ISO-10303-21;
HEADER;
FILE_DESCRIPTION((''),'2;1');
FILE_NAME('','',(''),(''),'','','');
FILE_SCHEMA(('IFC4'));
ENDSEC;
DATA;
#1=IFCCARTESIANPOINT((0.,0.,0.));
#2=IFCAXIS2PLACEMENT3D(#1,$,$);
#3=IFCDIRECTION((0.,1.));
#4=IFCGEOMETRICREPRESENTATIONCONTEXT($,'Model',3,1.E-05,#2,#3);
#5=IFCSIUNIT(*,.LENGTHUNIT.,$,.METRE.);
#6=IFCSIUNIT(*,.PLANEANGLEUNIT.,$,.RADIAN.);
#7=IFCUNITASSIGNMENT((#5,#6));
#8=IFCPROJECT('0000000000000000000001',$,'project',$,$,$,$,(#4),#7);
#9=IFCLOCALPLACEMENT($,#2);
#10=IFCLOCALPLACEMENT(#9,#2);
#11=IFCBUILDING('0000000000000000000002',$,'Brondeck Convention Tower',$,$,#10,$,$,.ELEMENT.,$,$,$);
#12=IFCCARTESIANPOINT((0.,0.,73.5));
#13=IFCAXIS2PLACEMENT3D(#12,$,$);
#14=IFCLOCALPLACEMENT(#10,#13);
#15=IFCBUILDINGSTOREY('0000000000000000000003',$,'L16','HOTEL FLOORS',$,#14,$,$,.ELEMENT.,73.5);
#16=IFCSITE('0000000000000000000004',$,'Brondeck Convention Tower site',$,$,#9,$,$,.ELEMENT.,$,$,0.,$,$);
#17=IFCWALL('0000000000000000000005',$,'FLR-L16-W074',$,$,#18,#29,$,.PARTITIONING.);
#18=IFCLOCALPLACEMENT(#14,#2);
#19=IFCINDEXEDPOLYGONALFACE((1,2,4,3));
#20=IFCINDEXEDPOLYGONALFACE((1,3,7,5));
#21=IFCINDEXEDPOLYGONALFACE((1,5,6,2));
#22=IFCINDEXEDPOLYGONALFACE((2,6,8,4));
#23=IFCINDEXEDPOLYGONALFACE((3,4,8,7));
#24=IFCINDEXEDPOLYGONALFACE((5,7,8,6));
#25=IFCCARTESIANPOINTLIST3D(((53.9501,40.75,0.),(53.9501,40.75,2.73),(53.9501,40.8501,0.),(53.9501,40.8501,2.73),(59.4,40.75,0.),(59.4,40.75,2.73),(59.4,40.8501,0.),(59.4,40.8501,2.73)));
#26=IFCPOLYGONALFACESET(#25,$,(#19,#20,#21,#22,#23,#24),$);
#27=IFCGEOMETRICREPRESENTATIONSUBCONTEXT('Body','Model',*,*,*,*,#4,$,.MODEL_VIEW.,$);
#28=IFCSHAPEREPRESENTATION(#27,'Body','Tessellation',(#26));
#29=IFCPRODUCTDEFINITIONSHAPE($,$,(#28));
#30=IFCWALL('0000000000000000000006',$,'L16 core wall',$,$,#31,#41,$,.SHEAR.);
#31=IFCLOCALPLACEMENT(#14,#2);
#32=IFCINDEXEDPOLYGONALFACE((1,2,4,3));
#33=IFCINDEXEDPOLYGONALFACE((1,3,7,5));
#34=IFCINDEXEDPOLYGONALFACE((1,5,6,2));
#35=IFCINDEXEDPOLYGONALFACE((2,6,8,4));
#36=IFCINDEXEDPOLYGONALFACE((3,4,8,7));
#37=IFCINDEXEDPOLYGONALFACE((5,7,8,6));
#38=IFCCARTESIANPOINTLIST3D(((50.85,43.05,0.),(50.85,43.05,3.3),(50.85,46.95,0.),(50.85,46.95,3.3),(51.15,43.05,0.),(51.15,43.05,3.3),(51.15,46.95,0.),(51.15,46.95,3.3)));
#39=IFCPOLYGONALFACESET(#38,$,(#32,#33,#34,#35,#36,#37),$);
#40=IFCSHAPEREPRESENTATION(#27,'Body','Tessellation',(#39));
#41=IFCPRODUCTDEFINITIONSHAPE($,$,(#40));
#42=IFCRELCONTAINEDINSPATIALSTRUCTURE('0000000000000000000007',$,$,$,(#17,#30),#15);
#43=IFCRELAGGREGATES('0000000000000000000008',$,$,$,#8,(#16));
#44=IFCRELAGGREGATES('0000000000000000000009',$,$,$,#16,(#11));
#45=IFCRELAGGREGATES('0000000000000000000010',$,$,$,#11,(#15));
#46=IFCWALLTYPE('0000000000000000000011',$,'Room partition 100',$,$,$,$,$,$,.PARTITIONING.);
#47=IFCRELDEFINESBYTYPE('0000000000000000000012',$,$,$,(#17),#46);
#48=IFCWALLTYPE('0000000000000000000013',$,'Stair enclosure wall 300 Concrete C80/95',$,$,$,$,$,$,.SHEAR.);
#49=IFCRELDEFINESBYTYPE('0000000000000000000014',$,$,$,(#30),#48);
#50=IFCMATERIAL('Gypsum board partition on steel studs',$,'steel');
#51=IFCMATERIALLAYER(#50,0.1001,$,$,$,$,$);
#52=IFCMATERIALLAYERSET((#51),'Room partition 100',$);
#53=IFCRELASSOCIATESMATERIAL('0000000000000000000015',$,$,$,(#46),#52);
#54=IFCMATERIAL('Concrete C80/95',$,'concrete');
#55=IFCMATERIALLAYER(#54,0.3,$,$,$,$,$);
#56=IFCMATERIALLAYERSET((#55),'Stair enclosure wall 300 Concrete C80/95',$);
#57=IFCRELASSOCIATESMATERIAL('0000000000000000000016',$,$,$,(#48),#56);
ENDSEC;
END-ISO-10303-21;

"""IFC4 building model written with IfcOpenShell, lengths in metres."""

from ifc_helpers import new_model, si_unit, direction, frame, frame_2d, origin, place, context, subcontext, project, spatial, rectangle, extrude, material, layer, layer_set, type_object, element, save


model = new_model("IFC4")

# Units and contexts
model_context = context("Model", 3, precision=1e-05, world=origin(), true_north=direction((0.0, 1.0)))
body_context = subcontext(model_context, "Body", "Model", "MODEL_VIEW")
ifc_project = project(units=[si_unit("LENGTHUNIT", "METRE"), si_unit("PLANEANGLEUNIT", "RADIAN")], contexts=[model_context])

# Site, building, storey
site_placement = place(None, origin())
site = spatial("IfcSite", under=ifc_project, at=site_placement, Name="Brondeck Convention Tower site", CompositionType="ELEMENT", RefElevation=0.0)
building_placement = place(site_placement, origin())
building = spatial("IfcBuilding", under=site, at=building_placement, Name="Brondeck Convention Tower", CompositionType="ELEMENT")
storey_placement = place(building_placement, frame((0.0, 0.0, 73.5)))
storey = spatial("IfcBuildingStorey", under=building, at=storey_placement, Name="L16", Description="HOTEL FLOORS", CompositionType="ELEMENT", Elevation=73.5)

# Shared definitions
ifc_material_1 = material(Name="Concrete C80/95", Category="concrete")

# Walls
ifc_material_2 = material(Name="Gypsum board partition on steel studs", Category="steel")
ifc_layer_1 = layer(ifc_material_2, 0.1001)
ifc_layer_set_1 = layer_set([ifc_layer_1], Name="Room partition 100")
wall_type_1 = type_object("IfcWallType", Name="Room partition 100", PredefinedType="PARTITIONING", material=ifc_layer_set_1)
wall_1_placement = place(storey_placement, frame((53.95, 40.8, 0.0), z_axis=(0.0, 0.0, 1.0), x_axis=(1.0, 0.0, 0.0)))
element("IfcWall", 1, at=wall_1_placement, inside=storey, type_object=wall_type_1, Name="FLR-L16-W074", PredefinedType="PARTITIONING", context=body_context, shape_type="SweptSolid", body=[
    extrude(rectangle(XDim=5.45, YDim=0.1001, at=frame_2d((2.7251, 0.0))), origin(), (0.0, 0.0, 1.0), 2.73),
])
ifc_layer_2 = layer(ifc_material_1, 0.3)
ifc_layer_set_2 = layer_set([ifc_layer_2], Name="Stair enclosure wall 300 Concrete C80/95")
wall_type_2 = type_object("IfcWallType", Name="Stair enclosure wall 300 Concrete C80/95", PredefinedType="SHEAR", material=ifc_layer_set_2)
wall_2_placement = place(storey_placement, frame((51.0, 43.05, 0.0), z_axis=(0.0, 0.0, 1.0), x_axis=(0.0, 1.0, 0.0)))
element("IfcWall", 2, at=wall_2_placement, inside=storey, type_object=wall_type_2, Name="L16 core wall", PredefinedType="SHEAR", context=body_context, shape_type="SweptSolid", body=[
    extrude(rectangle(XDim=3.8999, YDim=0.3, at=frame_2d((1.95, 0.0))), origin(), (0.0, 0.0, 1.0), 3.3),
])

save(model, "model.ifc")
